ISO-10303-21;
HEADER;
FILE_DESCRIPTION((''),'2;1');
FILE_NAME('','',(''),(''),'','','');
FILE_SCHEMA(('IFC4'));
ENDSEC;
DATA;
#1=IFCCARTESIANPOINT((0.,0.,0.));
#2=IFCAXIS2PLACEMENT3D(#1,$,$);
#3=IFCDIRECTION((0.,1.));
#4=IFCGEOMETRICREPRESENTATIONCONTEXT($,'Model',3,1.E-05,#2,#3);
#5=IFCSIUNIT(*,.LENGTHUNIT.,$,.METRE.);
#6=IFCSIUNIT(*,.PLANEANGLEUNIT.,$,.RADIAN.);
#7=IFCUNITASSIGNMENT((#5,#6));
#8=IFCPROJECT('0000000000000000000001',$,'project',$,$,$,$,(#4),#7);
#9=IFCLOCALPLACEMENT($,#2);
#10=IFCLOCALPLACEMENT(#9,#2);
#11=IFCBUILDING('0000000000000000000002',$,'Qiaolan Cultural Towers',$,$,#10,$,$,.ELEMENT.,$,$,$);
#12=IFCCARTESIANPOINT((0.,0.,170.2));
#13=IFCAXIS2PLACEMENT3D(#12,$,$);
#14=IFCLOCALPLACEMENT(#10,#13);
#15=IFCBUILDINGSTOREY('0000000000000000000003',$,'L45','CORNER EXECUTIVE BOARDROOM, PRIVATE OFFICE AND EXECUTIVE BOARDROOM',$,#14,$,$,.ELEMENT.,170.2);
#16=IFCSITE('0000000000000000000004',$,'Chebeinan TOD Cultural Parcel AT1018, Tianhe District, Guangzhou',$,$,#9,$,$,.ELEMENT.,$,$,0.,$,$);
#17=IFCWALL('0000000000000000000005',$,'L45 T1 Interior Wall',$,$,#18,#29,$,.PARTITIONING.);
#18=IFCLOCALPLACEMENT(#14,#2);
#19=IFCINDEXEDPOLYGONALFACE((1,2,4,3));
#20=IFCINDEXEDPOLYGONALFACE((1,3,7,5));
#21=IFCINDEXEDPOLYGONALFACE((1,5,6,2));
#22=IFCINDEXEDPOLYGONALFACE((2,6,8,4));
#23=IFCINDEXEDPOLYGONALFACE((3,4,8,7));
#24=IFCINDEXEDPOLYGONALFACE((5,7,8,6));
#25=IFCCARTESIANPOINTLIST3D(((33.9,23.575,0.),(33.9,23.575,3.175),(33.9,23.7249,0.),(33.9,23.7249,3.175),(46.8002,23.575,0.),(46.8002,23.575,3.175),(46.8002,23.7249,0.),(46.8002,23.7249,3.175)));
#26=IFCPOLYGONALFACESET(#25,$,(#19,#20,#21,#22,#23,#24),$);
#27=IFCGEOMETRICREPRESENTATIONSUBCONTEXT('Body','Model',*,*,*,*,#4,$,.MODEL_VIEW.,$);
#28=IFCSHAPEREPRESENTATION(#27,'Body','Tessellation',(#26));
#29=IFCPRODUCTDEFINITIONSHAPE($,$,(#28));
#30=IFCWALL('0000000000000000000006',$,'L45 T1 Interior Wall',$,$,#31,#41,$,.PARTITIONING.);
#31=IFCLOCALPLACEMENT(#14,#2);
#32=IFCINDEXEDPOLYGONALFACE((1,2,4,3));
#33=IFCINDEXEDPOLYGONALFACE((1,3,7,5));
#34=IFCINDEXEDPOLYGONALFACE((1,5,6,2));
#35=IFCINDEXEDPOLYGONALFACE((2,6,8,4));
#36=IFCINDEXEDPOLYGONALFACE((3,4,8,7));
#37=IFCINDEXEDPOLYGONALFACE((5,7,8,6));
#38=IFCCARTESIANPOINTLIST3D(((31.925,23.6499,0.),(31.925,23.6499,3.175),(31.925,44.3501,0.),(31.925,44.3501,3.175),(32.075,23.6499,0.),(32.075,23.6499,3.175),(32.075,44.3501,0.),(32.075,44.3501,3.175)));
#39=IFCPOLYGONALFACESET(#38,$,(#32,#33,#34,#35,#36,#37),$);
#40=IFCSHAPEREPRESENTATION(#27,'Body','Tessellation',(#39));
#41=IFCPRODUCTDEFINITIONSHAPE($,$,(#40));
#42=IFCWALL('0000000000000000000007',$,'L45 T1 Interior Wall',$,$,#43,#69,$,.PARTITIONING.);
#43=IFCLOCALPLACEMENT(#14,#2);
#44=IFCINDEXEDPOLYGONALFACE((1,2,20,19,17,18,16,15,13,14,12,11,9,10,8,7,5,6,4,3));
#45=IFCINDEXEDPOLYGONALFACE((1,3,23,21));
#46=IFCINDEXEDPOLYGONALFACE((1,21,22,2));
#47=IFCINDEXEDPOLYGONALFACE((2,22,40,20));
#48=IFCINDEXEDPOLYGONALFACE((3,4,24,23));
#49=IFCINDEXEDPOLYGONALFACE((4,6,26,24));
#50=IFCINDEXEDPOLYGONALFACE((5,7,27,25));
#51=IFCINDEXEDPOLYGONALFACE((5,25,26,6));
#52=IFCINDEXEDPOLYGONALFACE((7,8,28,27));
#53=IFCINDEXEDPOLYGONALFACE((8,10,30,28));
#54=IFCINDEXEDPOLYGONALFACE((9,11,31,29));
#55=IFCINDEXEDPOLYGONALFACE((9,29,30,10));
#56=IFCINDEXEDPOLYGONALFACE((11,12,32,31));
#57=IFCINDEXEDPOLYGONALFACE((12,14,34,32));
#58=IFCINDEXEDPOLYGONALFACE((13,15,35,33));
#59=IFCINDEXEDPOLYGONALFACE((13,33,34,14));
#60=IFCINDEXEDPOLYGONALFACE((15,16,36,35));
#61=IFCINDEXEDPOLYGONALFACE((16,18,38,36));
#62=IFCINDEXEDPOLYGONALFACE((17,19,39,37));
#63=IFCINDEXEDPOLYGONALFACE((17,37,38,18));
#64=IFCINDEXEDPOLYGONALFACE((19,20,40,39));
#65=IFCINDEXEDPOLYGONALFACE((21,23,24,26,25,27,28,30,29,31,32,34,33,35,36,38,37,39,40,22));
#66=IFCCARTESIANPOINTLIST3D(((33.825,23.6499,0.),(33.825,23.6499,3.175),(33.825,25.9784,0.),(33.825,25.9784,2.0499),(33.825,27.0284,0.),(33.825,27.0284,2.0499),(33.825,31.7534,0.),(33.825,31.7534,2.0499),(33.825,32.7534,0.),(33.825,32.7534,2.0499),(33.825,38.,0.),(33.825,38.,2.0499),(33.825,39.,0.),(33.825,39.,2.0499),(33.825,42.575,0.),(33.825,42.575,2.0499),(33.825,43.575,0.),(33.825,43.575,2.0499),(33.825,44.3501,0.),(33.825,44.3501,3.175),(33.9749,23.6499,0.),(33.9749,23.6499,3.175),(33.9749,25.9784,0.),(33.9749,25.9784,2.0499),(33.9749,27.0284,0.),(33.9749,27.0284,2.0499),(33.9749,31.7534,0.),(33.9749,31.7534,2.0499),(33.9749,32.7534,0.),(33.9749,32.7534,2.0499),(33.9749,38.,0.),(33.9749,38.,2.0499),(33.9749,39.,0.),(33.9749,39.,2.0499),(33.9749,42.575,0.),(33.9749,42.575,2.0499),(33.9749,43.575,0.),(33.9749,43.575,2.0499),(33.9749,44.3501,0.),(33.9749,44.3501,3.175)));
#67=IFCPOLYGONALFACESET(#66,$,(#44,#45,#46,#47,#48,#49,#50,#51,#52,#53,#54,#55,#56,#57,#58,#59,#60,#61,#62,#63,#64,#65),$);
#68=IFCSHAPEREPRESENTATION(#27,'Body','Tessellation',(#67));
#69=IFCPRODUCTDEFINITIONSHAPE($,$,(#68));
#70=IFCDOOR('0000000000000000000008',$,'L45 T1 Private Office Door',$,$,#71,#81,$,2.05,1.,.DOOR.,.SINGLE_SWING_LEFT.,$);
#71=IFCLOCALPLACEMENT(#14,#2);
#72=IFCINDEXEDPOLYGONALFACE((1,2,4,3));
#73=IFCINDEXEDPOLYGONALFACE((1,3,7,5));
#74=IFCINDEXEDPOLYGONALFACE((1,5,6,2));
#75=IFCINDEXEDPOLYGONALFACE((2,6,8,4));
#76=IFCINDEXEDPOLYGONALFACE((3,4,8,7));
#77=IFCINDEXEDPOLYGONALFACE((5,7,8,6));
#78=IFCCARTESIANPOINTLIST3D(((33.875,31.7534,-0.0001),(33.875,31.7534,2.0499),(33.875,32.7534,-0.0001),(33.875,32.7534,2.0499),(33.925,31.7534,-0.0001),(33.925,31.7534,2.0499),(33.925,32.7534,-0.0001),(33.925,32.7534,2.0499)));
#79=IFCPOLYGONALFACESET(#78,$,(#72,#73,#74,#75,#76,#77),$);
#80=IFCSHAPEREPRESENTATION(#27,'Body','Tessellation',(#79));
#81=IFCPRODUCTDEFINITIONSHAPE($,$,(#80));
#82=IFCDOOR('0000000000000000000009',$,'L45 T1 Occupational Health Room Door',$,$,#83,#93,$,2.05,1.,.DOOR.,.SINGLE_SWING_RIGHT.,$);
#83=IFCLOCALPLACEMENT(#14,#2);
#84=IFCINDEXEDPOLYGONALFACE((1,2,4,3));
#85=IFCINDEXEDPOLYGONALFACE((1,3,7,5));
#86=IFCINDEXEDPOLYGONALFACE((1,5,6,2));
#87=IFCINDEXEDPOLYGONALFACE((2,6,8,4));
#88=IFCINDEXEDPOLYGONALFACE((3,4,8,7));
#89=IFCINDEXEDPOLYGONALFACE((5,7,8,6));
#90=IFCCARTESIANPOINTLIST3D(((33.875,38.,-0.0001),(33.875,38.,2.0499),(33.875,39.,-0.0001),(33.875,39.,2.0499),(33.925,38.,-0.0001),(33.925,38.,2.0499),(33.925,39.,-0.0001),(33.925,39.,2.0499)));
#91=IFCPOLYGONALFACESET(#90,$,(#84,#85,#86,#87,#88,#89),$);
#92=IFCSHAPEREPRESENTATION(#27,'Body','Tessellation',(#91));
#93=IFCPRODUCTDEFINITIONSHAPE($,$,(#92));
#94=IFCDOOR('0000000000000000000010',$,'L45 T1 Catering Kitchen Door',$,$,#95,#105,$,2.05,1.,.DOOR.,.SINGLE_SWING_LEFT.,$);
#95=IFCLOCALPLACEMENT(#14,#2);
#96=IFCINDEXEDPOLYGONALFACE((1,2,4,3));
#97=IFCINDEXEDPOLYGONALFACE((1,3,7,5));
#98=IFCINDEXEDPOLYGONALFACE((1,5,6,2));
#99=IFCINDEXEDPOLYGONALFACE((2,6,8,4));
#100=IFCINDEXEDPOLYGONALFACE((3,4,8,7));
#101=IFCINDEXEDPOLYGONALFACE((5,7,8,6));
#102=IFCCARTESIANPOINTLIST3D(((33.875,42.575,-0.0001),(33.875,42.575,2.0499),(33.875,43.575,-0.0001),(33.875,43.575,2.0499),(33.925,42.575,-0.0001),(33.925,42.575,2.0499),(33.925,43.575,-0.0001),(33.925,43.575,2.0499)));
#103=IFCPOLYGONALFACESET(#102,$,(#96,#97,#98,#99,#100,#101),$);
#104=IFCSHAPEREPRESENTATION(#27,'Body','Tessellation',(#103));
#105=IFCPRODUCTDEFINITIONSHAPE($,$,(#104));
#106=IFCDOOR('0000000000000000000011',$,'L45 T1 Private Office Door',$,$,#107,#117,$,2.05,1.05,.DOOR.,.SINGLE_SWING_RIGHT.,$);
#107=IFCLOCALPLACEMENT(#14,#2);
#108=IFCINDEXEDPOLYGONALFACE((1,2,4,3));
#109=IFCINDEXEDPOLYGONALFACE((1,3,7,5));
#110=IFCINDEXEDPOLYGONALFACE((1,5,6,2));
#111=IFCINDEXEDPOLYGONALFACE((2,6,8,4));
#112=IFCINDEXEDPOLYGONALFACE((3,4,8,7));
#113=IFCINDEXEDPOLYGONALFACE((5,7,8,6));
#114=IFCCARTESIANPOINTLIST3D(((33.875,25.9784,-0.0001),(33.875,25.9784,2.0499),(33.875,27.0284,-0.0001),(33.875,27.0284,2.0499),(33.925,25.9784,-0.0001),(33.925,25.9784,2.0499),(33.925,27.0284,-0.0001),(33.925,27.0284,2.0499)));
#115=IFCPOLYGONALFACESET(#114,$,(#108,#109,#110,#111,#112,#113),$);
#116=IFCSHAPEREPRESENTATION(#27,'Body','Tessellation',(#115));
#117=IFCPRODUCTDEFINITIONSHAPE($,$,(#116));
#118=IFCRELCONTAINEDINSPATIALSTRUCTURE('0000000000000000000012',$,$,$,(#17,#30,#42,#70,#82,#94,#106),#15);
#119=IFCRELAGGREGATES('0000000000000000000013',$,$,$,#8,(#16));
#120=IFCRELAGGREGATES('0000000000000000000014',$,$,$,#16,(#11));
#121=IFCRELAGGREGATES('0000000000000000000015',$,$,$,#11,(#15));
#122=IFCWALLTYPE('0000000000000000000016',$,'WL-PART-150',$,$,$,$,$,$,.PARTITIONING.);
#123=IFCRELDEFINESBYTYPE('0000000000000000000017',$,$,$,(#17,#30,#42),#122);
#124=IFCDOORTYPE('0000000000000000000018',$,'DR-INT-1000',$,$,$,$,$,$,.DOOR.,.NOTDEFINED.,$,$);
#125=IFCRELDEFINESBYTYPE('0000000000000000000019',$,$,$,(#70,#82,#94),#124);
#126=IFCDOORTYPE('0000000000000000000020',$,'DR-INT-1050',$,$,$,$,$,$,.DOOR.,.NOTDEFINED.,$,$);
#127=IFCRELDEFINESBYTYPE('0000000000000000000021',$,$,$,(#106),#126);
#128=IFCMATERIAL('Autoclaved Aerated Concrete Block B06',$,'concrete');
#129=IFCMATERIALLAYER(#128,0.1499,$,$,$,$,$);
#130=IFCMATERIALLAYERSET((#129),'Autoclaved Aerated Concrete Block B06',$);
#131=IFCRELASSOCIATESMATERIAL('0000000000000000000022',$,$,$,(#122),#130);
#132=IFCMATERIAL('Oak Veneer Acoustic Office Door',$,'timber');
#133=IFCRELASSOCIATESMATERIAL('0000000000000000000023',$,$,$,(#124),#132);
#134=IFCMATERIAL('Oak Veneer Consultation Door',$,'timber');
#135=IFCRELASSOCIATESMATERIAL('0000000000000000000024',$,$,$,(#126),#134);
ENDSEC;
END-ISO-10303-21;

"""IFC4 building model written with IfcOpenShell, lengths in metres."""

from ifc_helpers import new_model, si_unit, direction, frame, frame_2d, origin, place, context, subcontext, project, spatial, rectangle, extrude, material, layer, layer_set, type_object, element, fill, save


model = new_model("IFC4")

# Units and contexts
model_context = context("Model", 3, precision=1e-05, world=origin(), true_north=direction((0.0, 1.0)))
body_context = subcontext(model_context, "Body", "Model", "MODEL_VIEW")
ifc_project = project(units=[si_unit("LENGTHUNIT", "METRE"), si_unit("PLANEANGLEUNIT", "RADIAN")], contexts=[model_context])

# Site, building, storey
site_placement = place(None, origin())
site = spatial("IfcSite", under=ifc_project, at=site_placement, Name="Chebeinan TOD Cultural Parcel AT1018, Tianhe District, Guangzhou", CompositionType="ELEMENT", RefElevation=0.0)
building_placement = place(site_placement, origin())
building = spatial("IfcBuilding", under=site, at=building_placement, Name="Qiaolan Cultural Towers", CompositionType="ELEMENT")
storey_placement = place(building_placement, frame((0.0, 0.0, 170.2)))
storey = spatial("IfcBuildingStorey", under=building, at=storey_placement, Name="L45", Description="CORNER EXECUTIVE BOARDROOM, PRIVATE OFFICE AND EXECUTIVE BOARDROOM", CompositionType="ELEMENT", Elevation=170.2)

# Shared definitions
ifc_material_1 = material(Name="Autoclaved Aerated Concrete Block B06", Category="concrete")
ifc_layer_1 = layer(ifc_material_1, 0.1499)
ifc_layer_set_1 = layer_set([ifc_layer_1], Name="Autoclaved Aerated Concrete Block B06")
wall_type_1 = type_object("IfcWallType", Name="WL-PART-150", PredefinedType="PARTITIONING", material=ifc_layer_set_1)

# Shared definitions
ifc_material_2 = material(Name="Oak Veneer Acoustic Office Door", Category="timber")
door_type_1 = type_object("IfcDoorType", Name="DR-INT-1000", OperationType="NOTDEFINED", PredefinedType="DOOR", material=ifc_material_2)

# Walls
wall_1_placement = place(storey_placement, frame((33.8999, 23.6499, 0.0), z_axis=(0.0, 0.0, 1.0), x_axis=(1.0, 0.0, 0.0)))
element("IfcWall", 1, at=wall_1_placement, inside=storey, type_object=wall_type_1, Name="L45 T1 Interior Wall", PredefinedType="PARTITIONING", context=body_context, shape_type="SweptSolid", body=[
    extrude(rectangle(XDim=12.9001, YDim=0.1499, at=frame_2d((6.4502, 0.0))), origin(), (0.0, 0.0, 1.0), 3.175),
])
wall_2_placement = place(storey_placement, frame((32.0, 23.6499, 0.0), z_axis=(0.0, 0.0, 1.0), x_axis=(0.0, 1.0, 0.0)))
element("IfcWall", 2, at=wall_2_placement, inside=storey, type_object=wall_type_1, Name="L45 T1 Interior Wall", PredefinedType="PARTITIONING", context=body_context, shape_type="SweptSolid", body=[
    extrude(rectangle(XDim=20.7002, YDim=0.1499, at=frame_2d((10.3501, 0.0))), origin(), (0.0, 0.0, 1.0), 3.175),
])

# Wall, openings, doors
wall_3_placement = place(storey_placement, frame((33.8999, 23.6499, 0.0), z_axis=(0.0, 0.0, 1.0), x_axis=(0.0, 1.0, 0.0)))
wall_3 = element("IfcWall", 3, at=wall_3_placement, inside=storey, type_object=wall_type_1, Name="L45 T1 Interior Wall", PredefinedType="PARTITIONING", context=body_context, shape_type="SweptSolid", body=[
    extrude(rectangle(XDim=20.7002, YDim=0.1499, at=frame_2d((10.3501, 0.0))), origin(), (0.0, 0.0, 1.0), 3.175),
])
opening_1_placement = place(wall_3_placement, frame((2.3286, 0.0, 0.0)))
opening_1 = element("IfcOpeningElement", 4, at=opening_1_placement, cuts=wall_3, PredefinedType="OPENING", context=body_context, shape_type="SweptSolid", body=[
    extrude(rectangle(XDim=1.05, YDim=2.05, at=frame_2d((0.5249, 1.0249))), frame((0.0, 0.085, 0.0), z_axis=(0.0, -1.0, 0.0), x_axis=(1.0, 0.0, 0.0)), (0.0, 0.0, 1.0), 0.1699),
])
opening_2_placement = place(wall_3_placement, frame((8.1035, 0.0, 0.0)))
opening_2 = element("IfcOpeningElement", 5, at=opening_2_placement, cuts=wall_3, PredefinedType="OPENING", context=body_context, shape_type="SweptSolid", body=[
    extrude(rectangle(XDim=1.0, YDim=2.05, at=frame_2d((0.5, 1.0249))), frame((0.0, 0.085, 0.0), z_axis=(0.0, -1.0, 0.0), x_axis=(1.0, 0.0, 0.0)), (0.0, 0.0, 1.0), 0.1699),
])
opening_3_placement = place(wall_3_placement, frame((14.3501, 0.0, 0.0)))
opening_3 = element("IfcOpeningElement", 6, at=opening_3_placement, cuts=wall_3, PredefinedType="OPENING", context=body_context, shape_type="SweptSolid", body=[
    extrude(rectangle(XDim=1.0, YDim=2.05, at=frame_2d((0.5, 1.0249))), frame((0.0, 0.085, 0.0), z_axis=(0.0, -1.0, 0.0), x_axis=(1.0, 0.0, 0.0)), (0.0, 0.0, 1.0), 0.1699),
])
opening_4_placement = place(wall_3_placement, frame((18.925, 0.0, 0.0)))
opening_4 = element("IfcOpeningElement", 7, at=opening_4_placement, cuts=wall_3, PredefinedType="OPENING", context=body_context, shape_type="SweptSolid", body=[
    extrude(rectangle(XDim=1.0, YDim=2.05, at=frame_2d((0.5, 1.0249))), frame((0.0, 0.085, 0.0), z_axis=(0.0, -1.0, 0.0), x_axis=(1.0, 0.0, 0.0)), (0.0, 0.0, 1.0), 0.1699),
])
door_1_placement = place(opening_2_placement, origin())
door_1 = element("IfcDoor", 8, at=door_1_placement, inside=storey, type_object=door_type_1, Name="L45 T1 Private Office Door", OperationType="SINGLE_SWING_LEFT", OverallHeight=2.05, OverallWidth=1.0, PredefinedType="DOOR", context=body_context, shape_type="SweptSolid", body=[
    extrude(rectangle(XDim=1.0, YDim=2.05, at=frame_2d((0.5, 1.0249))), frame((0.0, 0.0249, 0.0), z_axis=(0.0, -1.0, 0.0), x_axis=(1.0, 0.0, 0.0)), (0.0, 0.0, 1.0), 0.05),
])
fill(opening_2, door_1)
door_2_placement = place(opening_3_placement, origin())
door_2 = element("IfcDoor", 9, at=door_2_placement, inside=storey, type_object=door_type_1, Name="L45 T1 Occupational Health Room Door", OperationType="SINGLE_SWING_RIGHT", OverallHeight=2.05, OverallWidth=1.0, PredefinedType="DOOR", context=body_context, shape_type="SweptSolid", body=[
    extrude(rectangle(XDim=1.0, YDim=2.05, at=frame_2d((0.5, 1.0249))), frame((0.0, 0.0249, 0.0), z_axis=(0.0, -1.0, 0.0), x_axis=(1.0, 0.0, 0.0)), (0.0, 0.0, 1.0), 0.05),
])
fill(opening_3, door_2)
door_3_placement = place(opening_4_placement, origin())
door_3 = element("IfcDoor", 10, at=door_3_placement, inside=storey, type_object=door_type_1, Name="L45 T1 Catering Kitchen Door", OperationType="SINGLE_SWING_LEFT", OverallHeight=2.05, OverallWidth=1.0, PredefinedType="DOOR", context=body_context, shape_type="SweptSolid", body=[
    extrude(rectangle(XDim=1.0, YDim=2.05, at=frame_2d((0.5, 1.0249))), frame((0.0, 0.0249, 0.0), z_axis=(0.0, -1.0, 0.0), x_axis=(1.0, 0.0, 0.0)), (0.0, 0.0, 1.0), 0.05),
])
fill(opening_4, door_3)
ifc_material_3 = material(Name="Oak Veneer Consultation Door", Category="timber")
door_type_2 = type_object("IfcDoorType", Name="DR-INT-1050", OperationType="NOTDEFINED", PredefinedType="DOOR", material=ifc_material_3)
door_4_placement = place(opening_1_placement, origin())
door_4 = element("IfcDoor", 11, at=door_4_placement, inside=storey, type_object=door_type_2, Name="L45 T1 Private Office Door", OperationType="SINGLE_SWING_RIGHT", OverallHeight=2.05, OverallWidth=1.05, PredefinedType="DOOR", context=body_context, shape_type="SweptSolid", body=[
    extrude(rectangle(XDim=1.05, YDim=2.05, at=frame_2d((0.5249, 1.0249))), frame((0.0, 0.0249, 0.0), z_axis=(0.0, -1.0, 0.0), x_axis=(1.0, 0.0, 0.0)), (0.0, 0.0, 1.0), 0.05),
])
fill(opening_1, door_4)

save(model, "model.ifc")
